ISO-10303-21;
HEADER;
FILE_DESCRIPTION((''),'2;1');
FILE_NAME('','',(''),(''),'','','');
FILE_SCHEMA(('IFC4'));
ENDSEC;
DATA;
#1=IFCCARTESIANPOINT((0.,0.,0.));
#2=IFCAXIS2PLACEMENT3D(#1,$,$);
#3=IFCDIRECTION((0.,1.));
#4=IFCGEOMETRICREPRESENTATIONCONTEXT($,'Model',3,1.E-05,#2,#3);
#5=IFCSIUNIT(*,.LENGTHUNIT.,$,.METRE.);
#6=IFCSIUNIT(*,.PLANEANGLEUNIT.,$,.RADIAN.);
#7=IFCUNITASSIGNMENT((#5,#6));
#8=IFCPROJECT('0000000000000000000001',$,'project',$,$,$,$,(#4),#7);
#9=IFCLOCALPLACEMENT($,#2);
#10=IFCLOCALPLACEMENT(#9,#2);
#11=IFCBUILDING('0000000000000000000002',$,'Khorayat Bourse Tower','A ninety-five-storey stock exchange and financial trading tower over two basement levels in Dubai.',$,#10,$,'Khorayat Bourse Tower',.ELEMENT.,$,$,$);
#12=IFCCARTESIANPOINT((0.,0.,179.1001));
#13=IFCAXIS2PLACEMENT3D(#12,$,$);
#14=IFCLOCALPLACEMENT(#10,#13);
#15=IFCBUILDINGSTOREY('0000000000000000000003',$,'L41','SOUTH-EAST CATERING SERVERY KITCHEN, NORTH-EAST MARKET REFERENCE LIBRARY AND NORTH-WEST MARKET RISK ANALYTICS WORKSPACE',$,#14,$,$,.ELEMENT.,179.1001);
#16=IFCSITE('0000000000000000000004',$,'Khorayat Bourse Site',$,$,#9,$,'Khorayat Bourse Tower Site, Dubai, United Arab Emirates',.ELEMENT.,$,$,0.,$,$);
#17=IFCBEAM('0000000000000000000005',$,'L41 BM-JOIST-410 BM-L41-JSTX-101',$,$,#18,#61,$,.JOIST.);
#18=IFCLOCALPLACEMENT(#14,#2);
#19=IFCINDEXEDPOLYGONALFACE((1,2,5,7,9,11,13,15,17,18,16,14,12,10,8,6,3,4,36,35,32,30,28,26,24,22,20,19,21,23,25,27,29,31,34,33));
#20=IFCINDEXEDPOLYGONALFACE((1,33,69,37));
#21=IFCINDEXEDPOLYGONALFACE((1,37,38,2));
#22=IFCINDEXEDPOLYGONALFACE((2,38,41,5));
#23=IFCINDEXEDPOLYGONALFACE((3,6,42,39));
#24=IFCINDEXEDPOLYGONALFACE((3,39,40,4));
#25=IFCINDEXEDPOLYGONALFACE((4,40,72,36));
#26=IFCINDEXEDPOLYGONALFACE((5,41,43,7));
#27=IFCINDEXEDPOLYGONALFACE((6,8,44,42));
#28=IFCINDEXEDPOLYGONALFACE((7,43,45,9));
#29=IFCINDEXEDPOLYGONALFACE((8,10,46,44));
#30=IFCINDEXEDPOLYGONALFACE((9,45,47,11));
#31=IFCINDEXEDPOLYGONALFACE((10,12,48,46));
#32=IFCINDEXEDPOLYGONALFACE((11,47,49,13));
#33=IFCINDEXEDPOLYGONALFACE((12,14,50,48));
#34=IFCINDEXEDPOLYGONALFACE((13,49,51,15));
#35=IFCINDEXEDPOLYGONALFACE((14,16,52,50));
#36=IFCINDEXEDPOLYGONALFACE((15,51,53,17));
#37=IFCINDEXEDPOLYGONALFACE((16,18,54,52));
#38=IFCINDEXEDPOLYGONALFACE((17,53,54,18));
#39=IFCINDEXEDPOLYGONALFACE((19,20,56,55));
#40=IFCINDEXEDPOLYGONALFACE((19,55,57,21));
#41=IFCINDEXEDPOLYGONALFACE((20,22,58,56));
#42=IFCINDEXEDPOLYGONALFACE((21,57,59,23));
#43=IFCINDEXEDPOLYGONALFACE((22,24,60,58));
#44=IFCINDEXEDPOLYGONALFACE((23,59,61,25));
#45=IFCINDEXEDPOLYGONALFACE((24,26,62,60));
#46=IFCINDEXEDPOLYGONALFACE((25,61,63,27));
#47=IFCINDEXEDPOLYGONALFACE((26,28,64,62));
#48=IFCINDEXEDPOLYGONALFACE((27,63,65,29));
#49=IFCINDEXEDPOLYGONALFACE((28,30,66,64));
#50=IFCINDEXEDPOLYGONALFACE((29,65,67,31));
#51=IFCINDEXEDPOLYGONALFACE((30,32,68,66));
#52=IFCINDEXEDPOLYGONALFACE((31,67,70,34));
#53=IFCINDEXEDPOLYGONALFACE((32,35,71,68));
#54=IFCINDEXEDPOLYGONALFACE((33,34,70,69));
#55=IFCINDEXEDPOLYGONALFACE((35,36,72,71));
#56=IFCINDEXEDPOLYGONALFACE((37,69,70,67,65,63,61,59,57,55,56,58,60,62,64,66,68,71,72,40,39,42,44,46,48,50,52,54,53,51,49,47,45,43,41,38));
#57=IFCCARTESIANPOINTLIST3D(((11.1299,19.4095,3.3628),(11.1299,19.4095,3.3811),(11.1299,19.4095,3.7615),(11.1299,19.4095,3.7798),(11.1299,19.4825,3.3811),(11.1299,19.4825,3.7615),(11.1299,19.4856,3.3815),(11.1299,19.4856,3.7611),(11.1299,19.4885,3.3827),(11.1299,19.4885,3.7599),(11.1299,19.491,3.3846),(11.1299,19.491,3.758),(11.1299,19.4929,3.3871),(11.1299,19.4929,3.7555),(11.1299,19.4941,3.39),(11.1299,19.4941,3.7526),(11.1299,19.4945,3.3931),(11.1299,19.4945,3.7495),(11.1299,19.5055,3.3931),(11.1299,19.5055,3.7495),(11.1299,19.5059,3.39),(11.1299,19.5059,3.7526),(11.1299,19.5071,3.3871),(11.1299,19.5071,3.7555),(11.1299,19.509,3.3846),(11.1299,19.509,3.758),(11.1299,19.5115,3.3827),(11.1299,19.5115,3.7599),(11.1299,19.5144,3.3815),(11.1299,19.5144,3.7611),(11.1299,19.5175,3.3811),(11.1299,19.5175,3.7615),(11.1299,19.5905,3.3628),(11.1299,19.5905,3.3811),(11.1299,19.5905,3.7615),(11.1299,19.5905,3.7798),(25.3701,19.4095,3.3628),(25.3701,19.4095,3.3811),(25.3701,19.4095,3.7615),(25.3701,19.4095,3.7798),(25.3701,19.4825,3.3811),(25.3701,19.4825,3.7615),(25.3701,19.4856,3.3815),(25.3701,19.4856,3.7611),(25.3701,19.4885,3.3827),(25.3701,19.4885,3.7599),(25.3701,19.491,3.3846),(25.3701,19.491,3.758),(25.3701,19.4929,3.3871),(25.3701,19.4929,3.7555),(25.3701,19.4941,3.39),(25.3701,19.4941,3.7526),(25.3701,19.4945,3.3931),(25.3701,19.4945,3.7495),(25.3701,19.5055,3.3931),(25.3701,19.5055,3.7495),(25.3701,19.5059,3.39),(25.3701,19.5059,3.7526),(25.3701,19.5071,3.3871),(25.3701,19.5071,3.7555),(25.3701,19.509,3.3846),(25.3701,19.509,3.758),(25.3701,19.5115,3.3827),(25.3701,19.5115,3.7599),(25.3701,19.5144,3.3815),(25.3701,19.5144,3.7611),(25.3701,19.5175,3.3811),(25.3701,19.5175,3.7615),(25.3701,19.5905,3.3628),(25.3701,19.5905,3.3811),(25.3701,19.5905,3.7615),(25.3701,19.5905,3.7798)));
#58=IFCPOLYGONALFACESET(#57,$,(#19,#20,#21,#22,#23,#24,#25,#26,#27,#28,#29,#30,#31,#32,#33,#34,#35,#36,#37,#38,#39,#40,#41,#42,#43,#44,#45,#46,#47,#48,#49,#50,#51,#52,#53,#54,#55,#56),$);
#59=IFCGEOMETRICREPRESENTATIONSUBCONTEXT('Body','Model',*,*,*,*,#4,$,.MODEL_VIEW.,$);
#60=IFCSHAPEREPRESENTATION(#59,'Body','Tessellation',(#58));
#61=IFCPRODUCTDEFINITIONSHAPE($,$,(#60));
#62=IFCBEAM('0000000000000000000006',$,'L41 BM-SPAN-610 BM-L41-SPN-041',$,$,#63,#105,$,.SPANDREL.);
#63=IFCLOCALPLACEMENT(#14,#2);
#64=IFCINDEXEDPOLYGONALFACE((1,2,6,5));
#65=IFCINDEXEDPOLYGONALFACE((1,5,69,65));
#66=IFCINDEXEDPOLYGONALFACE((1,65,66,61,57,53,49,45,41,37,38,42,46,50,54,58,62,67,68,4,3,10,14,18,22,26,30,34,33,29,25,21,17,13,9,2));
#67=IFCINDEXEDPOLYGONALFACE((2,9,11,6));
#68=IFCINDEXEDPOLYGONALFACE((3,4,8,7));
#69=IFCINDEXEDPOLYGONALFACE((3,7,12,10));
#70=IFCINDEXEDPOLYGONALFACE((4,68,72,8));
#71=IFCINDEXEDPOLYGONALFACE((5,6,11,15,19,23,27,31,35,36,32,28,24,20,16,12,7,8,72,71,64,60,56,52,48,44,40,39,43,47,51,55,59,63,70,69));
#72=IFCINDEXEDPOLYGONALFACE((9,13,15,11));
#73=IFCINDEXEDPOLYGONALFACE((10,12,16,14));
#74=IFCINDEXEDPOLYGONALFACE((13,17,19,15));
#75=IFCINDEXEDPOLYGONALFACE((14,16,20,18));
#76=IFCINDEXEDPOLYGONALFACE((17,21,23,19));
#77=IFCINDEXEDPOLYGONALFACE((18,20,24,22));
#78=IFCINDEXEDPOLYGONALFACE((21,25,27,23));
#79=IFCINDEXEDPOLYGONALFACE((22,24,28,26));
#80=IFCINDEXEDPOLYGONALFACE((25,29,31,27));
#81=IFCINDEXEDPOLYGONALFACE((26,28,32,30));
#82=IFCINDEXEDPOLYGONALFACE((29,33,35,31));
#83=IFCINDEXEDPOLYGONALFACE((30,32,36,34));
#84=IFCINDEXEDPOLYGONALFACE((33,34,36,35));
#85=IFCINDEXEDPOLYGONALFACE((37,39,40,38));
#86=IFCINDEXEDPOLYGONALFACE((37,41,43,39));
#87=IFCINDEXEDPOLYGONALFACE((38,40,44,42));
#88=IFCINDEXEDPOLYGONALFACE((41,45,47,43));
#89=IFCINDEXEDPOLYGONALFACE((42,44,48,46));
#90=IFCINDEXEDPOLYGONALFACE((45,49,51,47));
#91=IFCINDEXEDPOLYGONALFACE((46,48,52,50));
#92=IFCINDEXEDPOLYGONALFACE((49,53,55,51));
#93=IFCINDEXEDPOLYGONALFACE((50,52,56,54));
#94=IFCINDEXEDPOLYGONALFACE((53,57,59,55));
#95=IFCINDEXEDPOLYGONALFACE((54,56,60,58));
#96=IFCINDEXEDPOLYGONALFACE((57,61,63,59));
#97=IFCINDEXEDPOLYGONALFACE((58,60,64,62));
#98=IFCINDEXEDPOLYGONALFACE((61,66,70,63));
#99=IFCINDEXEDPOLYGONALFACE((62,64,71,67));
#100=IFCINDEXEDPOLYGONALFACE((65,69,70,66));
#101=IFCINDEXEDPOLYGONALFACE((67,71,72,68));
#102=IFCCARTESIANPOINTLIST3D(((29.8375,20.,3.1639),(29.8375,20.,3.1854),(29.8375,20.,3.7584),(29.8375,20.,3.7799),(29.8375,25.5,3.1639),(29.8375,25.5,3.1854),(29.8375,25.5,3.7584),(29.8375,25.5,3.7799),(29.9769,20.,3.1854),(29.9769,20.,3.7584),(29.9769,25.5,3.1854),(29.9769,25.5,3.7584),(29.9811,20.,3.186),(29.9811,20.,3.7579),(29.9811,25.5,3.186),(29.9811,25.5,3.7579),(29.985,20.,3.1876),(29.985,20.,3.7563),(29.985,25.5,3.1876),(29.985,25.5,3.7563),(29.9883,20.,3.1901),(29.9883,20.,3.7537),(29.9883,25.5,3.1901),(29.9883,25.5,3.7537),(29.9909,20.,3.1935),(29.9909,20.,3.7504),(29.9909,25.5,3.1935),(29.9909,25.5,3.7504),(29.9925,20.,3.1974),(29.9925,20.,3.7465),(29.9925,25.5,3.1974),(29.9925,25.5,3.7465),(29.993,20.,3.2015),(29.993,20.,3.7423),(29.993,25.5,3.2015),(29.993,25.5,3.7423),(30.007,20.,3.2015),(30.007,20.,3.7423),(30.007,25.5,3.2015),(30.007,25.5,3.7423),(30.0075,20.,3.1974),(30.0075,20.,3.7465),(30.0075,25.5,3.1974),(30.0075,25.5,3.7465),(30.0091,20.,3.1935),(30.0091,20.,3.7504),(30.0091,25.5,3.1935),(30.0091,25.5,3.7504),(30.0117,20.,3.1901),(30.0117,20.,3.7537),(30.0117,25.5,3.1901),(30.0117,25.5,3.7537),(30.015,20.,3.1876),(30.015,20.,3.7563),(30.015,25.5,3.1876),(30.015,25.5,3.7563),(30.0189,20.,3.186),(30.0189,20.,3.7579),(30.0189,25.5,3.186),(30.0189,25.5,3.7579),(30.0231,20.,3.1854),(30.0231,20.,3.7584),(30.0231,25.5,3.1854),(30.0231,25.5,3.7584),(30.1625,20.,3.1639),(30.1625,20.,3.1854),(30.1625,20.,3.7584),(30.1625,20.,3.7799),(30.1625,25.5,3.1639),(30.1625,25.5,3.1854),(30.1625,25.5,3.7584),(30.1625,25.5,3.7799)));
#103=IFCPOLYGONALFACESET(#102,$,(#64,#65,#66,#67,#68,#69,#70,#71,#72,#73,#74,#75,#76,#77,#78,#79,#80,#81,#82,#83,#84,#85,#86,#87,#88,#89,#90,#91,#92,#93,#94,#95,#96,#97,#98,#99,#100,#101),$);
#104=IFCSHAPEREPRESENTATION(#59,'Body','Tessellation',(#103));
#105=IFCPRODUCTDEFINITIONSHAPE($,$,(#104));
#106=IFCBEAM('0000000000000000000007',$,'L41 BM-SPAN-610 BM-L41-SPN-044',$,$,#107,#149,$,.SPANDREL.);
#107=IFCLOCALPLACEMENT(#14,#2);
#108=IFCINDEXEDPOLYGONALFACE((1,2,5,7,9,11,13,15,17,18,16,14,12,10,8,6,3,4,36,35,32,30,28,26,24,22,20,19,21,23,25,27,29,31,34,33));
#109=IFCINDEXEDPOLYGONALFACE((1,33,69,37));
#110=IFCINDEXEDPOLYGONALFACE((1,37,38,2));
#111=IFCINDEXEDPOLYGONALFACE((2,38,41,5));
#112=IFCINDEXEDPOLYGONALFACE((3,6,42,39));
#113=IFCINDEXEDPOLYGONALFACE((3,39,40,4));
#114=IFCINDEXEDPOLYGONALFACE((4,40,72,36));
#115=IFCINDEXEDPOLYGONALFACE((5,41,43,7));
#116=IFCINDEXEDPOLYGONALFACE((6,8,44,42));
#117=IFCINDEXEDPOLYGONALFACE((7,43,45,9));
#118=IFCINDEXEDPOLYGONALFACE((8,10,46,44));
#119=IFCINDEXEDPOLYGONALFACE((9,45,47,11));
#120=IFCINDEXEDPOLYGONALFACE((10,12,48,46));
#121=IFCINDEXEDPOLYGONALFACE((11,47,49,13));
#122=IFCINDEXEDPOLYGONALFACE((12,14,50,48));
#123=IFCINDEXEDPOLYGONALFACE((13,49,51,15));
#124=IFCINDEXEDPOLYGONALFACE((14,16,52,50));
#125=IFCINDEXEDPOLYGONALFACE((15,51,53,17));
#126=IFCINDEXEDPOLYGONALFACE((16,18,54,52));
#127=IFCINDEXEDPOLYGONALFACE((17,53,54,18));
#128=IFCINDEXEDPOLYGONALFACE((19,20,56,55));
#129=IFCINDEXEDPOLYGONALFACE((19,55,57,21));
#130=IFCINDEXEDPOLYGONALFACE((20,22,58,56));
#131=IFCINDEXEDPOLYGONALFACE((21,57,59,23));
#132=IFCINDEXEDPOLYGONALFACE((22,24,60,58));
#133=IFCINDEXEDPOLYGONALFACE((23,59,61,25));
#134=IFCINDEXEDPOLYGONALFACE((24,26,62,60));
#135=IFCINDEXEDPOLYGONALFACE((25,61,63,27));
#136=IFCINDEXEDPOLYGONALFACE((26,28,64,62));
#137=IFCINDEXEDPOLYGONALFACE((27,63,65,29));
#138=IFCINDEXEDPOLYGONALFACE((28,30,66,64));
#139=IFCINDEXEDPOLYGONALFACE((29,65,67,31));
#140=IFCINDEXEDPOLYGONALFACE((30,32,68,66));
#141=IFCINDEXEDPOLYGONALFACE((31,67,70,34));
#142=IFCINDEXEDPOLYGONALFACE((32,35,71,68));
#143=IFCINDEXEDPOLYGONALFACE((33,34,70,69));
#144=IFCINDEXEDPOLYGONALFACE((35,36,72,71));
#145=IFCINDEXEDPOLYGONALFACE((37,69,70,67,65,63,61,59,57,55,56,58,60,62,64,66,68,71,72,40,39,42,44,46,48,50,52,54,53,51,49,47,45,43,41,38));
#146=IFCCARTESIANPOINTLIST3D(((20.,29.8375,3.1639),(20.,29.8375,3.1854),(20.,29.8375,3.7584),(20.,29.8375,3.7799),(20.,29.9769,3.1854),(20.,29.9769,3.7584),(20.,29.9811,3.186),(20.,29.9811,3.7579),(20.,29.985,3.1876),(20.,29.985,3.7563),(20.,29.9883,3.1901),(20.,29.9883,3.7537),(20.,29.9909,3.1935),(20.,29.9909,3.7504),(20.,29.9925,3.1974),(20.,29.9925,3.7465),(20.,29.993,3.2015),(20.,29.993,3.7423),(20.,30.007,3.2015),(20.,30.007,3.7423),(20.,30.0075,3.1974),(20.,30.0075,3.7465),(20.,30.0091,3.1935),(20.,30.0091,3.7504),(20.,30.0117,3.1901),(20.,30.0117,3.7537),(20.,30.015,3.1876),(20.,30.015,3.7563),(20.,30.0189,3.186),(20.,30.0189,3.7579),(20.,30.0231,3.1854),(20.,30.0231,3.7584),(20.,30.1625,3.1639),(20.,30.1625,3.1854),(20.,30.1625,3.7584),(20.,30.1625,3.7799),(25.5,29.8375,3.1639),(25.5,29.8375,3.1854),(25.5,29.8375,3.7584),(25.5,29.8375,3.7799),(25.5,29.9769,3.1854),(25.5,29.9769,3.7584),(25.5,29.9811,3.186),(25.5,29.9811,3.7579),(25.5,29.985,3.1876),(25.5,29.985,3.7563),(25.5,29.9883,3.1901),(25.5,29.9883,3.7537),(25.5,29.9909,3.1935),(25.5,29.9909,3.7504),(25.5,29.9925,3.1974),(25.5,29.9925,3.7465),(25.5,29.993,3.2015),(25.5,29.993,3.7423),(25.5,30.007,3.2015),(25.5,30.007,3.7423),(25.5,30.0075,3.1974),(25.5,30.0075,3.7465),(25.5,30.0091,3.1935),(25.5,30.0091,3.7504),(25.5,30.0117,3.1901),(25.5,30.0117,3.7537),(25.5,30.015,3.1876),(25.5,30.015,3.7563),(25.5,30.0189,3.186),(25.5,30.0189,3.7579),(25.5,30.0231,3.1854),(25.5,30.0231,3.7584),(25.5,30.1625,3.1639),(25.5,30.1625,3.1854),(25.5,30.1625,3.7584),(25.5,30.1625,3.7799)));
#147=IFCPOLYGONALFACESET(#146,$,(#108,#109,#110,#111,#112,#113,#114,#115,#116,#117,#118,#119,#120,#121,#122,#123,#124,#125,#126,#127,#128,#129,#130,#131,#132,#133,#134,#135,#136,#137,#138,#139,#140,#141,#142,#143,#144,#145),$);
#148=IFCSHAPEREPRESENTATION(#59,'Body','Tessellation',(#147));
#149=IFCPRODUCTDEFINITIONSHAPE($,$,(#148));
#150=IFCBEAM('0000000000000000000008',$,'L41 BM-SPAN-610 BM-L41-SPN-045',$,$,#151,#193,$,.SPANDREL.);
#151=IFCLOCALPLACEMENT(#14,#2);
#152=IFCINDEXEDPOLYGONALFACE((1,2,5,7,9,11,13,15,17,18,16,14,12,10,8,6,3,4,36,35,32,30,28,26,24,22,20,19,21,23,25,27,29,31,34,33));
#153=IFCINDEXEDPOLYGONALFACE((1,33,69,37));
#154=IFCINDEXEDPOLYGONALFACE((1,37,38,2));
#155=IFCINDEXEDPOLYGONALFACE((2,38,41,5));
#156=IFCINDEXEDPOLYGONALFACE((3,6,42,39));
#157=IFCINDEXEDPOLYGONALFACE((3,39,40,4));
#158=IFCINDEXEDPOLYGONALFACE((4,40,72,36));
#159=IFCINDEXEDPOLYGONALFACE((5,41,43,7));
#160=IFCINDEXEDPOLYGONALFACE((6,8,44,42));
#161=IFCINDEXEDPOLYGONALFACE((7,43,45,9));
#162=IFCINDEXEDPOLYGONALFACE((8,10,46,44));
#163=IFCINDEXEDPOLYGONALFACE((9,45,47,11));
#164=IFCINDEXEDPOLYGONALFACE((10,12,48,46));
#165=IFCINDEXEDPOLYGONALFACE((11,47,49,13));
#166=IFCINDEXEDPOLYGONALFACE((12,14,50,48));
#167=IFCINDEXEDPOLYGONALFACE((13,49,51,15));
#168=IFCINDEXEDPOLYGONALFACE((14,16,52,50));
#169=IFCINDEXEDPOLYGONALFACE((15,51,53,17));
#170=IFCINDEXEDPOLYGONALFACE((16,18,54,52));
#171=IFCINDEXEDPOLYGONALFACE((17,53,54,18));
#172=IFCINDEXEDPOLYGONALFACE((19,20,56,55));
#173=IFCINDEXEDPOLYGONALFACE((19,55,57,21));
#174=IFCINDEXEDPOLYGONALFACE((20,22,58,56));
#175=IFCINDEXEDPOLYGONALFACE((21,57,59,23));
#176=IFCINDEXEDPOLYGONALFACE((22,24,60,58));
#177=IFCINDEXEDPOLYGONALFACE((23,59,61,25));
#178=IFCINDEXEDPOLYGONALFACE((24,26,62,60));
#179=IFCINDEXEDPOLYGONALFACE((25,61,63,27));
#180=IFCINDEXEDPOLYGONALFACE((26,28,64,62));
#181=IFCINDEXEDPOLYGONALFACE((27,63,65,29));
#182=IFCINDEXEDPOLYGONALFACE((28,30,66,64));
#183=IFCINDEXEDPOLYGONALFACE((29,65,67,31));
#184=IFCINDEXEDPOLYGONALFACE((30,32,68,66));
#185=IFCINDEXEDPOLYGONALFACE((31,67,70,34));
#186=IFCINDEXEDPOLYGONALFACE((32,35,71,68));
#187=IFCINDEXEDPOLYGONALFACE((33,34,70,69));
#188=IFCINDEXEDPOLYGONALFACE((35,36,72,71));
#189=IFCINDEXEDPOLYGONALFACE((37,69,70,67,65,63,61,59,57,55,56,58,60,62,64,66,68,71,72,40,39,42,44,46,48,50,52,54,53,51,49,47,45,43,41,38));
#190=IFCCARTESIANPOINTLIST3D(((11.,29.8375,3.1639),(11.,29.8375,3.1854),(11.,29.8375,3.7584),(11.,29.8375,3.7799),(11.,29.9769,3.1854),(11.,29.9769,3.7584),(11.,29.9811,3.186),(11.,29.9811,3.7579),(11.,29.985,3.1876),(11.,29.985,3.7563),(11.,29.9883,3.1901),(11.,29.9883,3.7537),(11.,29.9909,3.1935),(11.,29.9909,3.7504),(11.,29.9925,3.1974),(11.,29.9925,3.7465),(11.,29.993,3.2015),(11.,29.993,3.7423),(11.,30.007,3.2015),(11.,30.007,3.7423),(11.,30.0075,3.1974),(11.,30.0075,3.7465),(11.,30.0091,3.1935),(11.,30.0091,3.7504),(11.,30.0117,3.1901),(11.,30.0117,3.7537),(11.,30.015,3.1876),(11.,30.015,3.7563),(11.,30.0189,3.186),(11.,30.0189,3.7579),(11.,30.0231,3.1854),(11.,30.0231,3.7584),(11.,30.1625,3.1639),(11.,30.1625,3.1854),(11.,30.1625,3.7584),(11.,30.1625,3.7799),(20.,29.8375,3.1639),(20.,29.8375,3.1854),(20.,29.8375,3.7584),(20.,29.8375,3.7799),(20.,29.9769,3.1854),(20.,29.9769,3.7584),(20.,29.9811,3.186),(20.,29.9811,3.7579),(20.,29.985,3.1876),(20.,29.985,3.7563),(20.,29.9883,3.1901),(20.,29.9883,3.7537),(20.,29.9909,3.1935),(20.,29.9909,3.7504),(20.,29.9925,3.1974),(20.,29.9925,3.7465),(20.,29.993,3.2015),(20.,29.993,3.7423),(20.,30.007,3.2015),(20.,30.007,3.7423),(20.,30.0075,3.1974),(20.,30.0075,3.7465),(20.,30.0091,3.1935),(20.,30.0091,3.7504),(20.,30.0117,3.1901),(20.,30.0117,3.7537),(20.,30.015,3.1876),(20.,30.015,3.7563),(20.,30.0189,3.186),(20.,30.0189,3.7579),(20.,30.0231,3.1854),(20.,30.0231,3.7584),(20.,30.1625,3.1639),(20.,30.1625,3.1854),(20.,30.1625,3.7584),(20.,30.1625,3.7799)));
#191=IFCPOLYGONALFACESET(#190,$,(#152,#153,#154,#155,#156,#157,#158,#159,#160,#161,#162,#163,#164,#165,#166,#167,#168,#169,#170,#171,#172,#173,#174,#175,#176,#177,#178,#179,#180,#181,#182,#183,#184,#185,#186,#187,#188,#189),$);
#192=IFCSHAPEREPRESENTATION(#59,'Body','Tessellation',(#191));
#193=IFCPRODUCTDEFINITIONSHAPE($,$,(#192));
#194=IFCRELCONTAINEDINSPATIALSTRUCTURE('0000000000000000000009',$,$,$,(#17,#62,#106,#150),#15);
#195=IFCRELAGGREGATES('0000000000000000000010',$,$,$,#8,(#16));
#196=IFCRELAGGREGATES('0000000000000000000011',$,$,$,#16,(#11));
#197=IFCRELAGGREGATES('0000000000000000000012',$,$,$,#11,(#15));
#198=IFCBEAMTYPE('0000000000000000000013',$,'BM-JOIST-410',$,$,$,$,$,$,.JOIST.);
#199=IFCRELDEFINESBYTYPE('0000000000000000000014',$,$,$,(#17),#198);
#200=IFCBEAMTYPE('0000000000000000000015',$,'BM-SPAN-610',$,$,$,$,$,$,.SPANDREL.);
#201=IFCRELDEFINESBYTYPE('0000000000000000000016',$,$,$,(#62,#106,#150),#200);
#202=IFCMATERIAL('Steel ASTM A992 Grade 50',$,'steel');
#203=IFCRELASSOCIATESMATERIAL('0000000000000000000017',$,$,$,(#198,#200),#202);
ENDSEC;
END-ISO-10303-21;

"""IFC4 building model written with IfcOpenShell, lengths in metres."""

from ifc_helpers import new_model, si_unit, direction, frame, origin, origin_2d, place, context, subcontext, project, spatial, i_section, extrude, source, transform, mapped, material, material_profile, profile_set, type_object, element, save


model = new_model("IFC4")

# Units and contexts
model_context = context("Model", 3, precision=1e-05, world=origin(), true_north=direction((0.0, 1.0)))
body_context = subcontext(model_context, "Body", "Model", "MODEL_VIEW")
ifc_project = project(units=[si_unit("LENGTHUNIT", "METRE"), si_unit("PLANEANGLEUNIT", "RADIAN")], contexts=[model_context])

# Site, building, storey
site_placement = place(None, origin())
site = spatial("IfcSite", under=ifc_project, at=site_placement, Name="Khorayat Bourse Site", LongName="Khorayat Bourse Tower Site, Dubai, United Arab Emirates", CompositionType="ELEMENT", RefElevation=0.0)
building_placement = place(site_placement, origin())
building = spatial("IfcBuilding", under=site, at=building_placement, Name="Khorayat Bourse Tower", Description="A ninety-five-storey stock exchange and financial trading tower over two basement levels in Dubai.", LongName="Khorayat Bourse Tower", CompositionType="ELEMENT")
storey_placement = place(building_placement, frame((0.0, 0.0, 179.1001)))
storey = spatial("IfcBuildingStorey", under=building, at=storey_placement, Name="L41", Description="SOUTH-EAST CATERING SERVERY KITCHEN, NORTH-EAST MARKET REFERENCE LIBRARY AND NORTH-WEST MARKET RISK ANALYTICS WORKSPACE", CompositionType="ELEMENT", Elevation=179.1001)

# Beams
ifc_material_1 = material(Name="Steel ASTM A992 Grade 50", Category="steel")
ifc_material_profile_1 = material_profile(ifc_material_1, i_section(OverallWidth=0.1809, OverallDepth=0.417, WebThickness=0.011, FlangeThickness=0.0183, FilletRadius=0.012, at=origin_2d()), Name="W410X85")
ifc_profile_set_1 = profile_set([ifc_material_profile_1], Name="Steel ASTM A992 Grade 50")
beam_type_1 = type_object("IfcBeamType", Name="BM-JOIST-410", PredefinedType="JOIST", material=ifc_profile_set_1)
shared_shape_1 = source(origin(), body_context, "Body", "SweptSolid", [
    extrude(i_section(OverallWidth=0.1809, OverallDepth=0.417, WebThickness=0.011, FlangeThickness=0.0183, FilletRadius=0.012, at=origin_2d()), origin(), (0.0, 0.0, 1.0), 14.2402),
])
beam_1_placement = place(storey_placement, frame((11.1299, 19.5, 3.5713), z_axis=(1.0, 0.0, 0.0), x_axis=(0.0, 1.0, 0.0)))
element("IfcBeam", 1, at=beam_1_placement, inside=storey, type_object=beam_type_1, Name="L41 BM-JOIST-410 BM-L41-JSTX-101", PredefinedType="JOIST", context=body_context, shape_type="MappedRepresentation", body=[
    mapped(shared_shape_1, transform((0.0, 0.0, 0.0), scale=1.0)),
])
ifc_material_profile_2 = material_profile(ifc_material_1, i_section(OverallWidth=0.325, OverallDepth=0.616, WebThickness=0.0139, FlangeThickness=0.0215, FilletRadius=0.0161, at=origin_2d()), Name="W610X174")
ifc_profile_set_2 = profile_set([ifc_material_profile_2], Name="Steel ASTM A992 Grade 50")
beam_type_2 = type_object("IfcBeamType", Name="BM-SPAN-610", PredefinedType="SPANDREL", material=ifc_profile_set_2)
shared_shape_2 = source(origin(), body_context, "Body", "SweptSolid", [
    extrude(i_section(OverallWidth=0.325, OverallDepth=0.616, WebThickness=0.0139, FlangeThickness=0.0215, FilletRadius=0.0161, at=origin_2d()), origin(), (0.0, 0.0, 1.0), 5.5),
])
for number, where, z_axis, x_axis, name in (
    (2, (30.0, 20.0, 3.4719), (0.0, 1.0, 0.0), (-1.0, 0.0, 0.0), "L41 BM-SPAN-610 BM-L41-SPN-041"),
    (3, (20.0, 30.0, 3.4719), (1.0, 0.0, 0.0), (0.0, 1.0, 0.0), "L41 BM-SPAN-610 BM-L41-SPN-044"),
):
    element("IfcBeam", number, at=place(storey_placement, frame(where, z_axis=z_axis, x_axis=x_axis)), inside=storey, type_object=beam_type_2, Name=name, PredefinedType="SPANDREL", context=body_context, shape_type="MappedRepresentation", body=[
        mapped(shared_shape_2, transform((0.0, 0.0, 0.0), scale=1.0)),
    ])
shared_shape_3 = source(origin(), body_context, "Body", "SweptSolid", [
    extrude(i_section(OverallWidth=0.325, OverallDepth=0.616, WebThickness=0.0139, FlangeThickness=0.0215, FilletRadius=0.0161, at=origin_2d()), origin(), (0.0, 0.0, 1.0), 9.0),
])
beam_2_placement = place(storey_placement, frame((11.0, 30.0, 3.4719), z_axis=(1.0, 0.0, 0.0), x_axis=(0.0, 1.0, 0.0)))
element("IfcBeam", 4, at=beam_2_placement, inside=storey, type_object=beam_type_2, Name="L41 BM-SPAN-610 BM-L41-SPN-045", PredefinedType="SPANDREL", context=body_context, shape_type="MappedRepresentation", body=[
    mapped(shared_shape_3, transform((0.0, 0.0, 0.0), scale=1.0)),
])

save(model, "model.ifc")
